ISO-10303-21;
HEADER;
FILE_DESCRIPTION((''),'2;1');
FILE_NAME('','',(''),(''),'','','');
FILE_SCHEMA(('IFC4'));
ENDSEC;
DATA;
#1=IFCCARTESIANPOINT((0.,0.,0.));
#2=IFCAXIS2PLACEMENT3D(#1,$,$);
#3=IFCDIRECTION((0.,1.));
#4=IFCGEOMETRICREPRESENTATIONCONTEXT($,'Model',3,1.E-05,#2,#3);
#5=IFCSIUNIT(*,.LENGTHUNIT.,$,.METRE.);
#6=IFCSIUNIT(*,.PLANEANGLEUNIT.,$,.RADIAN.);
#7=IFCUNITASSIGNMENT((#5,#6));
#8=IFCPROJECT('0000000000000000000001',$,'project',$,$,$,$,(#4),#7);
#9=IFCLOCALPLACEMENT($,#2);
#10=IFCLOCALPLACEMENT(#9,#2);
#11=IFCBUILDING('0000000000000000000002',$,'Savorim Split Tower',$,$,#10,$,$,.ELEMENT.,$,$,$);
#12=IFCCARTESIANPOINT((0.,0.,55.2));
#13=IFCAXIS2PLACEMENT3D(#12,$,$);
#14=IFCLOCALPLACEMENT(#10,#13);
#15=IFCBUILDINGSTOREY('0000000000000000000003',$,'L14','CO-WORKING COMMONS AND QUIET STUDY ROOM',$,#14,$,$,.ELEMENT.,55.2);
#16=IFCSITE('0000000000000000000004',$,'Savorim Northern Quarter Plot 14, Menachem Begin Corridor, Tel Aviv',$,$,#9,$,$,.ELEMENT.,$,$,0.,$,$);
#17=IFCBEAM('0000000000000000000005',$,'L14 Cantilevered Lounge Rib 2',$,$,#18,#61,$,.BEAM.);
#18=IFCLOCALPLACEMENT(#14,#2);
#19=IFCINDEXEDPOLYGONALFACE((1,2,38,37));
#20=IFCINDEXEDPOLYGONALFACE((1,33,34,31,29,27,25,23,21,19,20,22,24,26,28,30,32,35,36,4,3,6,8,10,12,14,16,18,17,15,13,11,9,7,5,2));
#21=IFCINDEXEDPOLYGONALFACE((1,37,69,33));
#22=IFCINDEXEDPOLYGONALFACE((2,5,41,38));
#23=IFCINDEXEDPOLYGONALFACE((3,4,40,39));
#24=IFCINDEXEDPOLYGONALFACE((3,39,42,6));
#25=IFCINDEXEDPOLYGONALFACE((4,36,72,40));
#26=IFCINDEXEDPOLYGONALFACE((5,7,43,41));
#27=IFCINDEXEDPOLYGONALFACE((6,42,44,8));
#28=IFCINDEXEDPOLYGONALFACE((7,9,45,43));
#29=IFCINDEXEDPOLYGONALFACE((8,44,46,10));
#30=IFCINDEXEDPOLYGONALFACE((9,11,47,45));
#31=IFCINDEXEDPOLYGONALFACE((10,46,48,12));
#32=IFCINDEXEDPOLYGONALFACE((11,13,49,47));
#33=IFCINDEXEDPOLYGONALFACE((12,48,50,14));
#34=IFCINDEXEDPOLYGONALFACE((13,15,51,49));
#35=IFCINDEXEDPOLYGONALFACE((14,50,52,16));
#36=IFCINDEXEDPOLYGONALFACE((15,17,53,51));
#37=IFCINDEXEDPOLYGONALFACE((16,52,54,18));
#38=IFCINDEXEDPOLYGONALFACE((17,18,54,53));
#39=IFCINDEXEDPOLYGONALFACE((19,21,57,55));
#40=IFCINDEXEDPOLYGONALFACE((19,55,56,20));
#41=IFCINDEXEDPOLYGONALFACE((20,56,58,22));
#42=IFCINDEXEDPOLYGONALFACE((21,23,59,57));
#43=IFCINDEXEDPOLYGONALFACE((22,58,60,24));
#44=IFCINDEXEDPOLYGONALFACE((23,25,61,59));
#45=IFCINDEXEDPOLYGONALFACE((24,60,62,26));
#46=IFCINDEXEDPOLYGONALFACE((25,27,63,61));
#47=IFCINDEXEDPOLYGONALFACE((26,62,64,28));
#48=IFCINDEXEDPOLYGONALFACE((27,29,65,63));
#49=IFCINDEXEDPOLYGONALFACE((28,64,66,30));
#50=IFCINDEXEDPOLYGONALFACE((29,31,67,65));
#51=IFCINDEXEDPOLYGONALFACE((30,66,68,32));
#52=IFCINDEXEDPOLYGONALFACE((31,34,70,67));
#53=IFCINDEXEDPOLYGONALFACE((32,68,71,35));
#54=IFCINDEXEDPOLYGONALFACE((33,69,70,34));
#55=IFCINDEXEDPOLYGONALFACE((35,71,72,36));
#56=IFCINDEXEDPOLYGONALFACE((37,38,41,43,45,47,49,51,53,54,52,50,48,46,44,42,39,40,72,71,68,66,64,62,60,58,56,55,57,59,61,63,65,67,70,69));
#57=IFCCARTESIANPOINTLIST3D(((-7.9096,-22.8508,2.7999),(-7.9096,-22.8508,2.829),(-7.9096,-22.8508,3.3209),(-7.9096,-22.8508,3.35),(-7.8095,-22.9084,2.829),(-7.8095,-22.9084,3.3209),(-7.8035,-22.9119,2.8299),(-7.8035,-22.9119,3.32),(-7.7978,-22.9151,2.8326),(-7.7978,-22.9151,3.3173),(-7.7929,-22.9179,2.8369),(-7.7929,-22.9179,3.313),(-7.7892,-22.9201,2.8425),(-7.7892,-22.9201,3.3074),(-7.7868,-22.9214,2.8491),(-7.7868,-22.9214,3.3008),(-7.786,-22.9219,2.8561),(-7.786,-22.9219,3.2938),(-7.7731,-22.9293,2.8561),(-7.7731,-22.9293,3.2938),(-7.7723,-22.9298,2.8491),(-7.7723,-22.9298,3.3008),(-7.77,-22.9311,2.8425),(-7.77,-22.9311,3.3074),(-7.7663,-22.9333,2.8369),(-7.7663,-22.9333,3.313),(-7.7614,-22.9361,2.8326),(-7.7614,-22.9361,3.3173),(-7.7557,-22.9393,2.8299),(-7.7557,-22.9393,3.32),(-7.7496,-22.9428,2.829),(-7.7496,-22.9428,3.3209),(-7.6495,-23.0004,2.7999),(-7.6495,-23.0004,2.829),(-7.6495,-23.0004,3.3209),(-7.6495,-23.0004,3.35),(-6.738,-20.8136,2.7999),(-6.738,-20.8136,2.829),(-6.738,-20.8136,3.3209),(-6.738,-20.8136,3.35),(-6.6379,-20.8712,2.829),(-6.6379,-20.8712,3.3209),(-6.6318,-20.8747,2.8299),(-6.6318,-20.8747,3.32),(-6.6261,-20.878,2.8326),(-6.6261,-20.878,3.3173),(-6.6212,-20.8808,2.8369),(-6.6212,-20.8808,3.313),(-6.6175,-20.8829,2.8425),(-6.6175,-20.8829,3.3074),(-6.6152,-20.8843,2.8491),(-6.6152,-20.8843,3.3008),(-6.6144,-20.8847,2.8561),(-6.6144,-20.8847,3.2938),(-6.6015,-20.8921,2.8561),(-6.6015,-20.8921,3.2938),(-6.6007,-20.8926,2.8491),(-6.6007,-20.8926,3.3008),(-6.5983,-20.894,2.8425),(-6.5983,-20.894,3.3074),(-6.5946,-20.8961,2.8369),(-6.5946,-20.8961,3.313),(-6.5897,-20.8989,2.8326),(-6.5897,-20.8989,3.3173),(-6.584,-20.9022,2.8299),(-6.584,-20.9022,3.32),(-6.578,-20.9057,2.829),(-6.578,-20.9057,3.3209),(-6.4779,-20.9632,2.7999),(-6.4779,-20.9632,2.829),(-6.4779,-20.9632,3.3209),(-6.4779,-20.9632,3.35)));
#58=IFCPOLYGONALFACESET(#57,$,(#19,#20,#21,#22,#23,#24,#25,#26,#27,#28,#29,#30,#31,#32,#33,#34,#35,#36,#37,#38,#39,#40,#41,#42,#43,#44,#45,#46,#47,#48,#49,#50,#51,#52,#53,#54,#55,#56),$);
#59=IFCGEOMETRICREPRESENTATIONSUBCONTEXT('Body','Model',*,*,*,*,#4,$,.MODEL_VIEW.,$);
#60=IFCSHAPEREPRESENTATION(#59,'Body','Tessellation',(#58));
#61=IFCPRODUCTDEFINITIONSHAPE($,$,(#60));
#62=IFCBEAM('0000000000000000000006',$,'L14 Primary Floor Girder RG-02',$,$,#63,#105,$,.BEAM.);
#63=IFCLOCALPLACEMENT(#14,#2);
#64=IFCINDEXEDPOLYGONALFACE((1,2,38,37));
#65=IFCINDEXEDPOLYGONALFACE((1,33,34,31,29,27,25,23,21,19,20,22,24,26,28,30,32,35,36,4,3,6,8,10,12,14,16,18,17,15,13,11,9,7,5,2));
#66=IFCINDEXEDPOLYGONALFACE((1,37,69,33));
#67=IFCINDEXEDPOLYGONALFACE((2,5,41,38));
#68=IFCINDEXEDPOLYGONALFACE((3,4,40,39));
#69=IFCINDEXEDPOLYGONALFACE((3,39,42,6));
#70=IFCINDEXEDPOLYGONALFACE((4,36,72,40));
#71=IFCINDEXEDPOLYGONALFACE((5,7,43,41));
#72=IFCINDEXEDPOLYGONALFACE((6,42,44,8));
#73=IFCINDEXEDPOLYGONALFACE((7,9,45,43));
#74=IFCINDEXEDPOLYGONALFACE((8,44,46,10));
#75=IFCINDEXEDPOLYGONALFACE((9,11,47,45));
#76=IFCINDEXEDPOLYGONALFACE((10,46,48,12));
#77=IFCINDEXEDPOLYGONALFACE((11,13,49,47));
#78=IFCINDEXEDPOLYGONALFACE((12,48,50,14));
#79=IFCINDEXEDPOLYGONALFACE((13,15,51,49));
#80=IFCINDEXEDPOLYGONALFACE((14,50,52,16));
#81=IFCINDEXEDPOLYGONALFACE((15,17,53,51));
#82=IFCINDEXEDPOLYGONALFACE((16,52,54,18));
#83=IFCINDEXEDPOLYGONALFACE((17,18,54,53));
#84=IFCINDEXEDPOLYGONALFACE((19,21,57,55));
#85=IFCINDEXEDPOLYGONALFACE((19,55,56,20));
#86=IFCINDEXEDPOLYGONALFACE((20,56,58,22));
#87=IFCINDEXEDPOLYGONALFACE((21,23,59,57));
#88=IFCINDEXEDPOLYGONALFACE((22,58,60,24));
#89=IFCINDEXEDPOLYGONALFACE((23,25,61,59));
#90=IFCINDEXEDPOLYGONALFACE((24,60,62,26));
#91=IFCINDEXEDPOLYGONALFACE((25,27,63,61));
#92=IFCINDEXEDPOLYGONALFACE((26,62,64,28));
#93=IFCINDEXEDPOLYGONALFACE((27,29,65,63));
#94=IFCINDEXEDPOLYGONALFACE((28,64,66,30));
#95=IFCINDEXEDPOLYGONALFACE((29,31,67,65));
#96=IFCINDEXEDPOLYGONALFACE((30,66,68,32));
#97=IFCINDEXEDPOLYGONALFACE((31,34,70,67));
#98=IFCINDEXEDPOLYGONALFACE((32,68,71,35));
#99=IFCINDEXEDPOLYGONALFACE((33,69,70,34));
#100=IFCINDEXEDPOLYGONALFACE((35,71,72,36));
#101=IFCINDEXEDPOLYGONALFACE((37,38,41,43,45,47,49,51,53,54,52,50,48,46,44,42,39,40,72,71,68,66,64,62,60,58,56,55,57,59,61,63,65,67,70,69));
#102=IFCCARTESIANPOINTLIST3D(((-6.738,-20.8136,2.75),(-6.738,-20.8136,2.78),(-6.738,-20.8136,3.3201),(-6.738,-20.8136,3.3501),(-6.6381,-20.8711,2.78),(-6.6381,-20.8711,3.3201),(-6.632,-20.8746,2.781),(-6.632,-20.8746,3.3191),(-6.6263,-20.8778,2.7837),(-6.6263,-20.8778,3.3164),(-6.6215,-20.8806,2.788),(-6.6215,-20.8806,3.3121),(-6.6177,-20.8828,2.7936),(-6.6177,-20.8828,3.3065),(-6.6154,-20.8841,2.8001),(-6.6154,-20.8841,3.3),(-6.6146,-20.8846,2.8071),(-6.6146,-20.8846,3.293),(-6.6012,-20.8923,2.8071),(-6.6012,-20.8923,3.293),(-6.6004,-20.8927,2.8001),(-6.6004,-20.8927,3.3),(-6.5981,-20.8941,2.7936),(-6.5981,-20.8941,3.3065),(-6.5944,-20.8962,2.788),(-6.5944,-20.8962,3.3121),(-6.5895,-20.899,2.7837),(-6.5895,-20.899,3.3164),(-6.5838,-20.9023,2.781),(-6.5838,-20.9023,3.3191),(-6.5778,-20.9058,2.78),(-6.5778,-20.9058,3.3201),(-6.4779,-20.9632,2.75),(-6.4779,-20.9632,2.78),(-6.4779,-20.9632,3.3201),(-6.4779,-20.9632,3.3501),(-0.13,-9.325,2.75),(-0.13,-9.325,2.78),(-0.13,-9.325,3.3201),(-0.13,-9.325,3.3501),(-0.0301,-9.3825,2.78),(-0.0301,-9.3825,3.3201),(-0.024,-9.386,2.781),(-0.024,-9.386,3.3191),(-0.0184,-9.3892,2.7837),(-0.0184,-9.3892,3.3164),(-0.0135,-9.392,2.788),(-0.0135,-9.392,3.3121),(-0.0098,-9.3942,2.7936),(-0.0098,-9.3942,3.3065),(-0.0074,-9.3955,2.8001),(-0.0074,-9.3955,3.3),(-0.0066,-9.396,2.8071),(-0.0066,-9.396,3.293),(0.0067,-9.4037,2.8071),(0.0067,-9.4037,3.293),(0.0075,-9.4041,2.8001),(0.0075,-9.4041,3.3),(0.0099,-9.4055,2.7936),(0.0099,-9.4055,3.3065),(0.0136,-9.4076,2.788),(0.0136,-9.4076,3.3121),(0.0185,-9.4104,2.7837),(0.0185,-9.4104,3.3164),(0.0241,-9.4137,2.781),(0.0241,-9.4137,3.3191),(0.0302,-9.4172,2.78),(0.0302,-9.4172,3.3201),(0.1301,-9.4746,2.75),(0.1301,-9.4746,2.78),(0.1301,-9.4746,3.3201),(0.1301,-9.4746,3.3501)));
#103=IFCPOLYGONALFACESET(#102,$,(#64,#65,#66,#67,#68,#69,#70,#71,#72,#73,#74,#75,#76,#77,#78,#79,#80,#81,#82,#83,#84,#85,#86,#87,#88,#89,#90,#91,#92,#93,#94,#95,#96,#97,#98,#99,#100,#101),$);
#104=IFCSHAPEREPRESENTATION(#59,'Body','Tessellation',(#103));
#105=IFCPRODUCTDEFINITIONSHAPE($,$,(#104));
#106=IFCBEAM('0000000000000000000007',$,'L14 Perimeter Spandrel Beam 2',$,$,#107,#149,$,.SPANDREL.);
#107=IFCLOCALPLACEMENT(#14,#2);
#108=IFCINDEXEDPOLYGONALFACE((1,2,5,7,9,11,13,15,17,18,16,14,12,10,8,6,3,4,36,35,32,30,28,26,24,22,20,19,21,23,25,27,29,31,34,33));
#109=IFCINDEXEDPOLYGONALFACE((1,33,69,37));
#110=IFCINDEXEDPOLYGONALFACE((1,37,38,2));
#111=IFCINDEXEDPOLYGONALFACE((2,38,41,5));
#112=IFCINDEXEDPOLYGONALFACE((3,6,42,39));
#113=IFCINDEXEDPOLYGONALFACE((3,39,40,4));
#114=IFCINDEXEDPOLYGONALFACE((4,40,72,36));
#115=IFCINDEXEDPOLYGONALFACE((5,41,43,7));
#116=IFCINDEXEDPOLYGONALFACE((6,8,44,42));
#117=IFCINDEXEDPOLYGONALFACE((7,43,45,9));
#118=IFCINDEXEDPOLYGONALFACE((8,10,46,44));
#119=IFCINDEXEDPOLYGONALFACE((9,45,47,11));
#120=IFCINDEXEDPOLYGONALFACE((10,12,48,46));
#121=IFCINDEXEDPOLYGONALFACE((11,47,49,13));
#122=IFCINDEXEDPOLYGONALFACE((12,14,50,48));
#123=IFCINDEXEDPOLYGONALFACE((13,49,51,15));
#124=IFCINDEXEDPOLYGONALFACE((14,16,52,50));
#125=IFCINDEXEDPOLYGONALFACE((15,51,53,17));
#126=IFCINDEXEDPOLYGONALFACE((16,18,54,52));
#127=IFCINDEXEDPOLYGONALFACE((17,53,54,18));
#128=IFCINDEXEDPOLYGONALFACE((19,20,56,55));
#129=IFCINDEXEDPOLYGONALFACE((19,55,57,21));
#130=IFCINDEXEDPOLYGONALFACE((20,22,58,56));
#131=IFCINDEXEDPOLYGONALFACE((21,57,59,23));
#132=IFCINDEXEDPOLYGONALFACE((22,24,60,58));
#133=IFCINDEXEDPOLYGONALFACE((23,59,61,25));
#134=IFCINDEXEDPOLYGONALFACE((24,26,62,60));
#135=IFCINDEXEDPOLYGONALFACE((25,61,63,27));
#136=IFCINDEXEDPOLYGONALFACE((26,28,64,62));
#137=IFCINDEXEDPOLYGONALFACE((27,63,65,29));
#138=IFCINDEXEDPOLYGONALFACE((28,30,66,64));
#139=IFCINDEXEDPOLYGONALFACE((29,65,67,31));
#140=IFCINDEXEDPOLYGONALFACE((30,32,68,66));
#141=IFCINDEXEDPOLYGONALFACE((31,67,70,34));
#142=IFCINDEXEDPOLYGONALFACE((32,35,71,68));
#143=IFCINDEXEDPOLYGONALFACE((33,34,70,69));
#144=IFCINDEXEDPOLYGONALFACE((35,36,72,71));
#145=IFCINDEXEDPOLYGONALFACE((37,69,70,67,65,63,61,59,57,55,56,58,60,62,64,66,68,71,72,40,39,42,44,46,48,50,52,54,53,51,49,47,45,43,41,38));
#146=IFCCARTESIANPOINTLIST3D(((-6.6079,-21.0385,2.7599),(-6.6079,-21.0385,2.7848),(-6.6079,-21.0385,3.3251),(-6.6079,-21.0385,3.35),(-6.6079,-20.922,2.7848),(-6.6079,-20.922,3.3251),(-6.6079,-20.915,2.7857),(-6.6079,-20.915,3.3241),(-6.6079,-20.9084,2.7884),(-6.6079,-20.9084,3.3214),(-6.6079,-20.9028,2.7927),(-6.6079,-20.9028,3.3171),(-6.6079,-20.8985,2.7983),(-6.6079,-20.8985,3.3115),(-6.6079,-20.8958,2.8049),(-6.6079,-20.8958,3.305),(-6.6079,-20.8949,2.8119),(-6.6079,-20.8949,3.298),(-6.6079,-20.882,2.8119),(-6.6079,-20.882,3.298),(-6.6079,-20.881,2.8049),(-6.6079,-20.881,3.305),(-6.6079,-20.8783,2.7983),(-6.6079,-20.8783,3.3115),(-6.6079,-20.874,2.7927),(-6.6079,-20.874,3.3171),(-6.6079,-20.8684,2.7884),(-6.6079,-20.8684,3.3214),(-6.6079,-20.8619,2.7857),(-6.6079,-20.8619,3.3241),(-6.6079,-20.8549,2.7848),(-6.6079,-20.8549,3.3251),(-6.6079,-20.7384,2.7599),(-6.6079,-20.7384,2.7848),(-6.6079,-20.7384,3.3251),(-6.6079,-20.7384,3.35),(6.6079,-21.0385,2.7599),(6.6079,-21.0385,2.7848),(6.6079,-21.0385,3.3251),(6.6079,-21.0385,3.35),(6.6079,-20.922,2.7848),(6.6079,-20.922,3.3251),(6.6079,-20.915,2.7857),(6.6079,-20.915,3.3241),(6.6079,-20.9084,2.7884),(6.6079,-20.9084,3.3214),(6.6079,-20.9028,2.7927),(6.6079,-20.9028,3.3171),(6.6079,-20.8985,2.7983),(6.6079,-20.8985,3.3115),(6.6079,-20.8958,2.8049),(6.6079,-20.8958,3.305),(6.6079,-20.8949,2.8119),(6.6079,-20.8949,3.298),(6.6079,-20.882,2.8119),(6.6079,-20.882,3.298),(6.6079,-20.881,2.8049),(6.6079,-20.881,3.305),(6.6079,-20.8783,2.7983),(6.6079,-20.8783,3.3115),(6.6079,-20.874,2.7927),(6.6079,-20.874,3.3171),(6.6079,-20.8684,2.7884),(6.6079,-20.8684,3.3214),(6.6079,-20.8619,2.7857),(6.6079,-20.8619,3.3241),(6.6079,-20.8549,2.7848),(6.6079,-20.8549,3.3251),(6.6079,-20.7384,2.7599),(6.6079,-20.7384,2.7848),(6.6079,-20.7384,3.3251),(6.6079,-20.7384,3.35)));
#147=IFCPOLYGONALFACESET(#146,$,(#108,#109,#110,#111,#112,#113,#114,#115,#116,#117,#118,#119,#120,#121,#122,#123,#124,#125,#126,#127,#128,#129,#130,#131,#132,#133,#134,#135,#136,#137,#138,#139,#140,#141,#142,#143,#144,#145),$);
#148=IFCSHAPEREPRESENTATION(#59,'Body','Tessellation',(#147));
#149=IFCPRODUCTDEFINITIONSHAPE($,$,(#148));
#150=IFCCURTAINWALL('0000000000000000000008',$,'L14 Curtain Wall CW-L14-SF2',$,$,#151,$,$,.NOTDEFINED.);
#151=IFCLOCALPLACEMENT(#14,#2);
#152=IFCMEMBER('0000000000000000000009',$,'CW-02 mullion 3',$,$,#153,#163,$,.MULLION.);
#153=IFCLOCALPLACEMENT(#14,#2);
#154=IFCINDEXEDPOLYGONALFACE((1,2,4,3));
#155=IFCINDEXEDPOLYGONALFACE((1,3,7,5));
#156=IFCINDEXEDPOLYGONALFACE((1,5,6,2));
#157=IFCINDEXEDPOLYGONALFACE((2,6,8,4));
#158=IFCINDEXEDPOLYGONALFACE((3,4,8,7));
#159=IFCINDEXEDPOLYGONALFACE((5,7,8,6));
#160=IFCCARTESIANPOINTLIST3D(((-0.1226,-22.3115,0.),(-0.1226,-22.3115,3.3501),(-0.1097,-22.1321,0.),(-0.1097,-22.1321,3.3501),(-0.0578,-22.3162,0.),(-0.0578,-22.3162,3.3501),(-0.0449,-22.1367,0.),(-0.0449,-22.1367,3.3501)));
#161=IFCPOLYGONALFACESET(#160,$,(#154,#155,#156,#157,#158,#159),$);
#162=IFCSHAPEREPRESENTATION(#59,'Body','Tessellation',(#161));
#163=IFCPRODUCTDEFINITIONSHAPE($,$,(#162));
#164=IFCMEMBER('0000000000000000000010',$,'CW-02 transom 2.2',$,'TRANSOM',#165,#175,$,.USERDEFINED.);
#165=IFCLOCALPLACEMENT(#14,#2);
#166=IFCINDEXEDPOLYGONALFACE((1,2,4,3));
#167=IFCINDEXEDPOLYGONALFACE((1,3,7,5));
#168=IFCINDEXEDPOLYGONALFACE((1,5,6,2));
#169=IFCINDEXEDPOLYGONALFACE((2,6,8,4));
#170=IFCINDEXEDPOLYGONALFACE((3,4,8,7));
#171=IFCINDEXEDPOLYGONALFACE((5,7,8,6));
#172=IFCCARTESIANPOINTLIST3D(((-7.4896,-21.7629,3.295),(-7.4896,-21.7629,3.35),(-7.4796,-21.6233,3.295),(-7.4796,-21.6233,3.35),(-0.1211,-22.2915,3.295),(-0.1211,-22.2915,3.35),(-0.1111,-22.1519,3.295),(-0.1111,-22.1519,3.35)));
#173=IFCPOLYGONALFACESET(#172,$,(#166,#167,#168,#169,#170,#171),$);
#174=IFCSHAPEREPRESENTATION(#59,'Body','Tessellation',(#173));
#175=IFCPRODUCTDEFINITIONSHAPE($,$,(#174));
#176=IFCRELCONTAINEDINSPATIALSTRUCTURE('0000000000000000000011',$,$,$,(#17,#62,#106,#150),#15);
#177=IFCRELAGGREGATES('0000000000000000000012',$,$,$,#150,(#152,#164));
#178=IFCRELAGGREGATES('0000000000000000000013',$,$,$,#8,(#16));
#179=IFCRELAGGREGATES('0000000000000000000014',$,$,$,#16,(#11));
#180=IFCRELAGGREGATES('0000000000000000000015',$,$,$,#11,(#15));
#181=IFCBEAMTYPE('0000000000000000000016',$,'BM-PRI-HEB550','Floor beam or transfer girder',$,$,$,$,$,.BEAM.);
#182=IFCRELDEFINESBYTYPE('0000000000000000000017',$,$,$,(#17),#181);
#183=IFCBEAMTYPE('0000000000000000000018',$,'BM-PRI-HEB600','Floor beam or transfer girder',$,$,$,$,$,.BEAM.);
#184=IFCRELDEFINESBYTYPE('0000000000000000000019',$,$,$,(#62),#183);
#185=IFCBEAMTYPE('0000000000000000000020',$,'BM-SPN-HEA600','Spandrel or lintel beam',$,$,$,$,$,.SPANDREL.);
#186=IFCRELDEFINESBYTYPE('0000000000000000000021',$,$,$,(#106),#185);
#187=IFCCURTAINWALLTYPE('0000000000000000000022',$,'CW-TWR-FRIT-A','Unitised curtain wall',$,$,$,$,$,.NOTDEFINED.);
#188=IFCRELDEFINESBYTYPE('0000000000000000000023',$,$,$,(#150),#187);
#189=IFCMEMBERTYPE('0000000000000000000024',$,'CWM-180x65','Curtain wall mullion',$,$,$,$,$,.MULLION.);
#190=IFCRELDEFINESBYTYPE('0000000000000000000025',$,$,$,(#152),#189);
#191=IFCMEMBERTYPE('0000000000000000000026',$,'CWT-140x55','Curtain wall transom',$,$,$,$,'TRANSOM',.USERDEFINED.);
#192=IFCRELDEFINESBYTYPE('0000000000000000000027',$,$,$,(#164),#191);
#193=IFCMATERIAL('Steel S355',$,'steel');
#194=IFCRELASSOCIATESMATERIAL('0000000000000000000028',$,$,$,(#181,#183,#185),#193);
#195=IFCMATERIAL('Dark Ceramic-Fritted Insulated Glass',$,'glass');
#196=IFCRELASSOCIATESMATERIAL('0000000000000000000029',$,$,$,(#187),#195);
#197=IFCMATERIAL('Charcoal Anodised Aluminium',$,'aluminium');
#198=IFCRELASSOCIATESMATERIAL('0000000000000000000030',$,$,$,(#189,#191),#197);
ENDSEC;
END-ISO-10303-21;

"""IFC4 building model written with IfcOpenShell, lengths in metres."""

from ifc_helpers import new_model, si_unit, direction, frame, origin, origin_2d, place, context, subcontext, project, spatial, rectangle, i_section, extrude, material, material_profile, profile_set, type_object, element, aggregate, save


model = new_model("IFC4")

# Units and contexts
model_context = context("Model", 3, precision=1e-05, world=origin(), true_north=direction((0.0, 1.0)))
body_context = subcontext(model_context, "Body", "Model", "MODEL_VIEW")
ifc_project = project(units=[si_unit("LENGTHUNIT", "METRE"), si_unit("PLANEANGLEUNIT", "RADIAN")], contexts=[model_context])

# Site, building, storey
site_placement = place(None, origin())
site = spatial("IfcSite", under=ifc_project, at=site_placement, Name="Savorim Northern Quarter Plot 14, Menachem Begin Corridor, Tel Aviv", CompositionType="ELEMENT", RefElevation=0.0)
building_placement = place(site_placement, origin())
building = spatial("IfcBuilding", under=site, at=building_placement, Name="Savorim Split Tower", CompositionType="ELEMENT")
storey_placement = place(building_placement, frame((0.0, 0.0, 55.2)))
storey = spatial("IfcBuildingStorey", under=building, at=storey_placement, Name="L14", Description="CO-WORKING COMMONS AND QUIET STUDY ROOM", CompositionType="ELEMENT", Elevation=55.2)

# Beams
ifc_material_1 = material(Name="Steel S355", Category="steel")
ifc_material_profile_1 = material_profile(ifc_material_1, i_section(OverallWidth=0.3, OverallDepth=0.55, WebThickness=0.0149, FlangeThickness=0.0291, FilletRadius=0.0271, at=origin_2d()), Name="HEB 550")
ifc_profile_set_1 = profile_set([ifc_material_profile_1], Name="Steel S355")
beam_type_1 = type_object("IfcBeamType", Name="BM-PRI-HEB550", Description="Floor beam or transfer girder", PredefinedType="BEAM", material=ifc_profile_set_1)
beam_1_placement = place(storey_placement, frame((-6.6079, -20.8884, 3.075), z_axis=(-0.498565, -0.866852, 0.0), x_axis=(0.866852, -0.498565, 0.0)))
element("IfcBeam", 1, at=beam_1_placement, inside=storey, type_object=beam_type_1, Name="L14 Cantilevered Lounge Rib 2", PredefinedType="BEAM", context=body_context, shape_type="SweptSolid", body=[
    extrude(i_section(OverallWidth=0.3, OverallDepth=0.55, WebThickness=0.0149, FlangeThickness=0.0291, FilletRadius=0.0271, at=origin_2d()), origin(), (0.0, 0.0, 1.0), 2.3501),
])
ifc_material_profile_2 = material_profile(ifc_material_1, i_section(OverallWidth=0.3, OverallDepth=0.6001, WebThickness=0.0154, FlangeThickness=0.03, FilletRadius=0.0271, at=origin_2d()), Name="HEB 600")
ifc_profile_set_2 = profile_set([ifc_material_profile_2], Name="Steel S355")
beam_type_2 = type_object("IfcBeamType", Name="BM-PRI-HEB600", Description="Floor beam or transfer girder", PredefinedType="BEAM", material=ifc_profile_set_2)
beam_2_placement = place(storey_placement, frame((-6.6079, -20.8884, 3.05), z_axis=(0.498585, 0.866841, 0.0), x_axis=(-0.866841, 0.498585, 0.0)))
element("IfcBeam", 2, at=beam_2_placement, inside=storey, type_object=beam_type_2, Name="L14 Primary Floor Girder RG-02", PredefinedType="BEAM", context=body_context, shape_type="SweptSolid", body=[
    extrude(i_section(OverallWidth=0.3, OverallDepth=0.6001, WebThickness=0.0154, FlangeThickness=0.03, FilletRadius=0.0271, at=origin_2d()), origin(), (0.0, 0.0, 1.0), 13.2534),
])
ifc_material_profile_3 = material_profile(ifc_material_1, i_section(OverallWidth=0.3, OverallDepth=0.5901, WebThickness=0.0129, FlangeThickness=0.0249, FilletRadius=0.0271, at=origin_2d()), Name="HEA 600")
ifc_profile_set_3 = profile_set([ifc_material_profile_3], Name="Steel S355")
beam_type_3 = type_object("IfcBeamType", Name="BM-SPN-HEA600", Description="Spandrel or lintel beam", PredefinedType="SPANDREL", material=ifc_profile_set_3)
beam_3_placement = place(storey_placement, frame((-6.6079, -20.8884, 3.0549), z_axis=(1.0, 0.0, 0.0), x_axis=(0.0, 1.0, 0.0)))
element("IfcBeam", 3, at=beam_3_placement, inside=storey, type_object=beam_type_3, Name="L14 Perimeter Spandrel Beam 2", PredefinedType="SPANDREL", context=body_context, shape_type="SweptSolid", body=[
    extrude(i_section(OverallWidth=0.3, OverallDepth=0.5901, WebThickness=0.0129, FlangeThickness=0.0249, FilletRadius=0.0271, at=origin_2d()), origin(), (0.0, 0.0, 1.0), 13.2158),
])

# Curtain wall, members
ifc_material_2 = material(Name="Dark Ceramic-Fritted Insulated Glass", Category="glass")
curtain_wall_type = type_object("IfcCurtainWallType", Name="CW-TWR-FRIT-A", Description="Unitised curtain wall", PredefinedType="NOTDEFINED", material=ifc_material_2)
curtain_wall_placement = place(storey_placement, origin())
curtain_wall = element("IfcCurtainWall", 4, at=curtain_wall_placement, inside=storey, type_object=curtain_wall_type, Name="L14 Curtain Wall CW-L14-SF2", PredefinedType="NOTDEFINED")
ifc_material_3 = material(Name="Charcoal Anodised Aluminium", Category="aluminium")
ifc_material_profile_4 = material_profile(ifc_material_3, rectangle(XDim=0.1799, YDim=0.0649, at=origin_2d()), Name="ALU-M 180x65")
ifc_profile_set_4 = profile_set([ifc_material_profile_4], Name="Charcoal Anodised Aluminium")
member_type_1 = type_object("IfcMemberType", Name="CWM-180x65", Description="Curtain wall mullion", PredefinedType="MULLION", material=ifc_profile_set_4)
member_1_placement = place(storey_placement, frame((-0.0837, -22.2241, 0.0), z_axis=(0.0, 0.0, 1.0), x_axis=(0.071557, 0.997437, 0.0)))
member_1 = element("IfcMember", 5, at=member_1_placement, type_object=member_type_1, Name="CW-02 mullion 3", PredefinedType="MULLION", context=body_context, shape_type="SweptSolid", body=[
    extrude(rectangle(XDim=0.1799, YDim=0.0649, at=origin_2d()), origin(), (0.0, 0.0, 1.0), 3.3501),
])
ifc_material_profile_5 = material_profile(ifc_material_3, rectangle(XDim=0.1399, YDim=0.0549, at=origin_2d()), Name="ALU-T 140x55")
ifc_profile_set_5 = profile_set([ifc_material_profile_5], Name="Charcoal Anodised Aluminium")
member_type_2 = type_object("IfcMemberType", Name="CWT-140x55", Description="Curtain wall transom", ElementType="TRANSOM", PredefinedType="USERDEFINED", material=ifc_profile_set_5)
member_2_placement = place(storey_placement, frame((-7.4846, -21.6931, 3.3225), z_axis=(0.997437, -0.07155, 0.0), x_axis=(0.07155, 0.997437, 0.0)))
member_2 = element("IfcMember", 6, at=member_2_placement, type_object=member_type_2, Name="CW-02 transom 2.2", ObjectType="TRANSOM", PredefinedType="USERDEFINED", context=body_context, shape_type="SweptSolid", body=[
    extrude(rectangle(XDim=0.1399, YDim=0.0549, at=origin_2d()), origin(), (0.0, 0.0, 1.0), 7.3875),
])

aggregate(curtain_wall, [member_1, member_2])

save(model, "model.ifc")
